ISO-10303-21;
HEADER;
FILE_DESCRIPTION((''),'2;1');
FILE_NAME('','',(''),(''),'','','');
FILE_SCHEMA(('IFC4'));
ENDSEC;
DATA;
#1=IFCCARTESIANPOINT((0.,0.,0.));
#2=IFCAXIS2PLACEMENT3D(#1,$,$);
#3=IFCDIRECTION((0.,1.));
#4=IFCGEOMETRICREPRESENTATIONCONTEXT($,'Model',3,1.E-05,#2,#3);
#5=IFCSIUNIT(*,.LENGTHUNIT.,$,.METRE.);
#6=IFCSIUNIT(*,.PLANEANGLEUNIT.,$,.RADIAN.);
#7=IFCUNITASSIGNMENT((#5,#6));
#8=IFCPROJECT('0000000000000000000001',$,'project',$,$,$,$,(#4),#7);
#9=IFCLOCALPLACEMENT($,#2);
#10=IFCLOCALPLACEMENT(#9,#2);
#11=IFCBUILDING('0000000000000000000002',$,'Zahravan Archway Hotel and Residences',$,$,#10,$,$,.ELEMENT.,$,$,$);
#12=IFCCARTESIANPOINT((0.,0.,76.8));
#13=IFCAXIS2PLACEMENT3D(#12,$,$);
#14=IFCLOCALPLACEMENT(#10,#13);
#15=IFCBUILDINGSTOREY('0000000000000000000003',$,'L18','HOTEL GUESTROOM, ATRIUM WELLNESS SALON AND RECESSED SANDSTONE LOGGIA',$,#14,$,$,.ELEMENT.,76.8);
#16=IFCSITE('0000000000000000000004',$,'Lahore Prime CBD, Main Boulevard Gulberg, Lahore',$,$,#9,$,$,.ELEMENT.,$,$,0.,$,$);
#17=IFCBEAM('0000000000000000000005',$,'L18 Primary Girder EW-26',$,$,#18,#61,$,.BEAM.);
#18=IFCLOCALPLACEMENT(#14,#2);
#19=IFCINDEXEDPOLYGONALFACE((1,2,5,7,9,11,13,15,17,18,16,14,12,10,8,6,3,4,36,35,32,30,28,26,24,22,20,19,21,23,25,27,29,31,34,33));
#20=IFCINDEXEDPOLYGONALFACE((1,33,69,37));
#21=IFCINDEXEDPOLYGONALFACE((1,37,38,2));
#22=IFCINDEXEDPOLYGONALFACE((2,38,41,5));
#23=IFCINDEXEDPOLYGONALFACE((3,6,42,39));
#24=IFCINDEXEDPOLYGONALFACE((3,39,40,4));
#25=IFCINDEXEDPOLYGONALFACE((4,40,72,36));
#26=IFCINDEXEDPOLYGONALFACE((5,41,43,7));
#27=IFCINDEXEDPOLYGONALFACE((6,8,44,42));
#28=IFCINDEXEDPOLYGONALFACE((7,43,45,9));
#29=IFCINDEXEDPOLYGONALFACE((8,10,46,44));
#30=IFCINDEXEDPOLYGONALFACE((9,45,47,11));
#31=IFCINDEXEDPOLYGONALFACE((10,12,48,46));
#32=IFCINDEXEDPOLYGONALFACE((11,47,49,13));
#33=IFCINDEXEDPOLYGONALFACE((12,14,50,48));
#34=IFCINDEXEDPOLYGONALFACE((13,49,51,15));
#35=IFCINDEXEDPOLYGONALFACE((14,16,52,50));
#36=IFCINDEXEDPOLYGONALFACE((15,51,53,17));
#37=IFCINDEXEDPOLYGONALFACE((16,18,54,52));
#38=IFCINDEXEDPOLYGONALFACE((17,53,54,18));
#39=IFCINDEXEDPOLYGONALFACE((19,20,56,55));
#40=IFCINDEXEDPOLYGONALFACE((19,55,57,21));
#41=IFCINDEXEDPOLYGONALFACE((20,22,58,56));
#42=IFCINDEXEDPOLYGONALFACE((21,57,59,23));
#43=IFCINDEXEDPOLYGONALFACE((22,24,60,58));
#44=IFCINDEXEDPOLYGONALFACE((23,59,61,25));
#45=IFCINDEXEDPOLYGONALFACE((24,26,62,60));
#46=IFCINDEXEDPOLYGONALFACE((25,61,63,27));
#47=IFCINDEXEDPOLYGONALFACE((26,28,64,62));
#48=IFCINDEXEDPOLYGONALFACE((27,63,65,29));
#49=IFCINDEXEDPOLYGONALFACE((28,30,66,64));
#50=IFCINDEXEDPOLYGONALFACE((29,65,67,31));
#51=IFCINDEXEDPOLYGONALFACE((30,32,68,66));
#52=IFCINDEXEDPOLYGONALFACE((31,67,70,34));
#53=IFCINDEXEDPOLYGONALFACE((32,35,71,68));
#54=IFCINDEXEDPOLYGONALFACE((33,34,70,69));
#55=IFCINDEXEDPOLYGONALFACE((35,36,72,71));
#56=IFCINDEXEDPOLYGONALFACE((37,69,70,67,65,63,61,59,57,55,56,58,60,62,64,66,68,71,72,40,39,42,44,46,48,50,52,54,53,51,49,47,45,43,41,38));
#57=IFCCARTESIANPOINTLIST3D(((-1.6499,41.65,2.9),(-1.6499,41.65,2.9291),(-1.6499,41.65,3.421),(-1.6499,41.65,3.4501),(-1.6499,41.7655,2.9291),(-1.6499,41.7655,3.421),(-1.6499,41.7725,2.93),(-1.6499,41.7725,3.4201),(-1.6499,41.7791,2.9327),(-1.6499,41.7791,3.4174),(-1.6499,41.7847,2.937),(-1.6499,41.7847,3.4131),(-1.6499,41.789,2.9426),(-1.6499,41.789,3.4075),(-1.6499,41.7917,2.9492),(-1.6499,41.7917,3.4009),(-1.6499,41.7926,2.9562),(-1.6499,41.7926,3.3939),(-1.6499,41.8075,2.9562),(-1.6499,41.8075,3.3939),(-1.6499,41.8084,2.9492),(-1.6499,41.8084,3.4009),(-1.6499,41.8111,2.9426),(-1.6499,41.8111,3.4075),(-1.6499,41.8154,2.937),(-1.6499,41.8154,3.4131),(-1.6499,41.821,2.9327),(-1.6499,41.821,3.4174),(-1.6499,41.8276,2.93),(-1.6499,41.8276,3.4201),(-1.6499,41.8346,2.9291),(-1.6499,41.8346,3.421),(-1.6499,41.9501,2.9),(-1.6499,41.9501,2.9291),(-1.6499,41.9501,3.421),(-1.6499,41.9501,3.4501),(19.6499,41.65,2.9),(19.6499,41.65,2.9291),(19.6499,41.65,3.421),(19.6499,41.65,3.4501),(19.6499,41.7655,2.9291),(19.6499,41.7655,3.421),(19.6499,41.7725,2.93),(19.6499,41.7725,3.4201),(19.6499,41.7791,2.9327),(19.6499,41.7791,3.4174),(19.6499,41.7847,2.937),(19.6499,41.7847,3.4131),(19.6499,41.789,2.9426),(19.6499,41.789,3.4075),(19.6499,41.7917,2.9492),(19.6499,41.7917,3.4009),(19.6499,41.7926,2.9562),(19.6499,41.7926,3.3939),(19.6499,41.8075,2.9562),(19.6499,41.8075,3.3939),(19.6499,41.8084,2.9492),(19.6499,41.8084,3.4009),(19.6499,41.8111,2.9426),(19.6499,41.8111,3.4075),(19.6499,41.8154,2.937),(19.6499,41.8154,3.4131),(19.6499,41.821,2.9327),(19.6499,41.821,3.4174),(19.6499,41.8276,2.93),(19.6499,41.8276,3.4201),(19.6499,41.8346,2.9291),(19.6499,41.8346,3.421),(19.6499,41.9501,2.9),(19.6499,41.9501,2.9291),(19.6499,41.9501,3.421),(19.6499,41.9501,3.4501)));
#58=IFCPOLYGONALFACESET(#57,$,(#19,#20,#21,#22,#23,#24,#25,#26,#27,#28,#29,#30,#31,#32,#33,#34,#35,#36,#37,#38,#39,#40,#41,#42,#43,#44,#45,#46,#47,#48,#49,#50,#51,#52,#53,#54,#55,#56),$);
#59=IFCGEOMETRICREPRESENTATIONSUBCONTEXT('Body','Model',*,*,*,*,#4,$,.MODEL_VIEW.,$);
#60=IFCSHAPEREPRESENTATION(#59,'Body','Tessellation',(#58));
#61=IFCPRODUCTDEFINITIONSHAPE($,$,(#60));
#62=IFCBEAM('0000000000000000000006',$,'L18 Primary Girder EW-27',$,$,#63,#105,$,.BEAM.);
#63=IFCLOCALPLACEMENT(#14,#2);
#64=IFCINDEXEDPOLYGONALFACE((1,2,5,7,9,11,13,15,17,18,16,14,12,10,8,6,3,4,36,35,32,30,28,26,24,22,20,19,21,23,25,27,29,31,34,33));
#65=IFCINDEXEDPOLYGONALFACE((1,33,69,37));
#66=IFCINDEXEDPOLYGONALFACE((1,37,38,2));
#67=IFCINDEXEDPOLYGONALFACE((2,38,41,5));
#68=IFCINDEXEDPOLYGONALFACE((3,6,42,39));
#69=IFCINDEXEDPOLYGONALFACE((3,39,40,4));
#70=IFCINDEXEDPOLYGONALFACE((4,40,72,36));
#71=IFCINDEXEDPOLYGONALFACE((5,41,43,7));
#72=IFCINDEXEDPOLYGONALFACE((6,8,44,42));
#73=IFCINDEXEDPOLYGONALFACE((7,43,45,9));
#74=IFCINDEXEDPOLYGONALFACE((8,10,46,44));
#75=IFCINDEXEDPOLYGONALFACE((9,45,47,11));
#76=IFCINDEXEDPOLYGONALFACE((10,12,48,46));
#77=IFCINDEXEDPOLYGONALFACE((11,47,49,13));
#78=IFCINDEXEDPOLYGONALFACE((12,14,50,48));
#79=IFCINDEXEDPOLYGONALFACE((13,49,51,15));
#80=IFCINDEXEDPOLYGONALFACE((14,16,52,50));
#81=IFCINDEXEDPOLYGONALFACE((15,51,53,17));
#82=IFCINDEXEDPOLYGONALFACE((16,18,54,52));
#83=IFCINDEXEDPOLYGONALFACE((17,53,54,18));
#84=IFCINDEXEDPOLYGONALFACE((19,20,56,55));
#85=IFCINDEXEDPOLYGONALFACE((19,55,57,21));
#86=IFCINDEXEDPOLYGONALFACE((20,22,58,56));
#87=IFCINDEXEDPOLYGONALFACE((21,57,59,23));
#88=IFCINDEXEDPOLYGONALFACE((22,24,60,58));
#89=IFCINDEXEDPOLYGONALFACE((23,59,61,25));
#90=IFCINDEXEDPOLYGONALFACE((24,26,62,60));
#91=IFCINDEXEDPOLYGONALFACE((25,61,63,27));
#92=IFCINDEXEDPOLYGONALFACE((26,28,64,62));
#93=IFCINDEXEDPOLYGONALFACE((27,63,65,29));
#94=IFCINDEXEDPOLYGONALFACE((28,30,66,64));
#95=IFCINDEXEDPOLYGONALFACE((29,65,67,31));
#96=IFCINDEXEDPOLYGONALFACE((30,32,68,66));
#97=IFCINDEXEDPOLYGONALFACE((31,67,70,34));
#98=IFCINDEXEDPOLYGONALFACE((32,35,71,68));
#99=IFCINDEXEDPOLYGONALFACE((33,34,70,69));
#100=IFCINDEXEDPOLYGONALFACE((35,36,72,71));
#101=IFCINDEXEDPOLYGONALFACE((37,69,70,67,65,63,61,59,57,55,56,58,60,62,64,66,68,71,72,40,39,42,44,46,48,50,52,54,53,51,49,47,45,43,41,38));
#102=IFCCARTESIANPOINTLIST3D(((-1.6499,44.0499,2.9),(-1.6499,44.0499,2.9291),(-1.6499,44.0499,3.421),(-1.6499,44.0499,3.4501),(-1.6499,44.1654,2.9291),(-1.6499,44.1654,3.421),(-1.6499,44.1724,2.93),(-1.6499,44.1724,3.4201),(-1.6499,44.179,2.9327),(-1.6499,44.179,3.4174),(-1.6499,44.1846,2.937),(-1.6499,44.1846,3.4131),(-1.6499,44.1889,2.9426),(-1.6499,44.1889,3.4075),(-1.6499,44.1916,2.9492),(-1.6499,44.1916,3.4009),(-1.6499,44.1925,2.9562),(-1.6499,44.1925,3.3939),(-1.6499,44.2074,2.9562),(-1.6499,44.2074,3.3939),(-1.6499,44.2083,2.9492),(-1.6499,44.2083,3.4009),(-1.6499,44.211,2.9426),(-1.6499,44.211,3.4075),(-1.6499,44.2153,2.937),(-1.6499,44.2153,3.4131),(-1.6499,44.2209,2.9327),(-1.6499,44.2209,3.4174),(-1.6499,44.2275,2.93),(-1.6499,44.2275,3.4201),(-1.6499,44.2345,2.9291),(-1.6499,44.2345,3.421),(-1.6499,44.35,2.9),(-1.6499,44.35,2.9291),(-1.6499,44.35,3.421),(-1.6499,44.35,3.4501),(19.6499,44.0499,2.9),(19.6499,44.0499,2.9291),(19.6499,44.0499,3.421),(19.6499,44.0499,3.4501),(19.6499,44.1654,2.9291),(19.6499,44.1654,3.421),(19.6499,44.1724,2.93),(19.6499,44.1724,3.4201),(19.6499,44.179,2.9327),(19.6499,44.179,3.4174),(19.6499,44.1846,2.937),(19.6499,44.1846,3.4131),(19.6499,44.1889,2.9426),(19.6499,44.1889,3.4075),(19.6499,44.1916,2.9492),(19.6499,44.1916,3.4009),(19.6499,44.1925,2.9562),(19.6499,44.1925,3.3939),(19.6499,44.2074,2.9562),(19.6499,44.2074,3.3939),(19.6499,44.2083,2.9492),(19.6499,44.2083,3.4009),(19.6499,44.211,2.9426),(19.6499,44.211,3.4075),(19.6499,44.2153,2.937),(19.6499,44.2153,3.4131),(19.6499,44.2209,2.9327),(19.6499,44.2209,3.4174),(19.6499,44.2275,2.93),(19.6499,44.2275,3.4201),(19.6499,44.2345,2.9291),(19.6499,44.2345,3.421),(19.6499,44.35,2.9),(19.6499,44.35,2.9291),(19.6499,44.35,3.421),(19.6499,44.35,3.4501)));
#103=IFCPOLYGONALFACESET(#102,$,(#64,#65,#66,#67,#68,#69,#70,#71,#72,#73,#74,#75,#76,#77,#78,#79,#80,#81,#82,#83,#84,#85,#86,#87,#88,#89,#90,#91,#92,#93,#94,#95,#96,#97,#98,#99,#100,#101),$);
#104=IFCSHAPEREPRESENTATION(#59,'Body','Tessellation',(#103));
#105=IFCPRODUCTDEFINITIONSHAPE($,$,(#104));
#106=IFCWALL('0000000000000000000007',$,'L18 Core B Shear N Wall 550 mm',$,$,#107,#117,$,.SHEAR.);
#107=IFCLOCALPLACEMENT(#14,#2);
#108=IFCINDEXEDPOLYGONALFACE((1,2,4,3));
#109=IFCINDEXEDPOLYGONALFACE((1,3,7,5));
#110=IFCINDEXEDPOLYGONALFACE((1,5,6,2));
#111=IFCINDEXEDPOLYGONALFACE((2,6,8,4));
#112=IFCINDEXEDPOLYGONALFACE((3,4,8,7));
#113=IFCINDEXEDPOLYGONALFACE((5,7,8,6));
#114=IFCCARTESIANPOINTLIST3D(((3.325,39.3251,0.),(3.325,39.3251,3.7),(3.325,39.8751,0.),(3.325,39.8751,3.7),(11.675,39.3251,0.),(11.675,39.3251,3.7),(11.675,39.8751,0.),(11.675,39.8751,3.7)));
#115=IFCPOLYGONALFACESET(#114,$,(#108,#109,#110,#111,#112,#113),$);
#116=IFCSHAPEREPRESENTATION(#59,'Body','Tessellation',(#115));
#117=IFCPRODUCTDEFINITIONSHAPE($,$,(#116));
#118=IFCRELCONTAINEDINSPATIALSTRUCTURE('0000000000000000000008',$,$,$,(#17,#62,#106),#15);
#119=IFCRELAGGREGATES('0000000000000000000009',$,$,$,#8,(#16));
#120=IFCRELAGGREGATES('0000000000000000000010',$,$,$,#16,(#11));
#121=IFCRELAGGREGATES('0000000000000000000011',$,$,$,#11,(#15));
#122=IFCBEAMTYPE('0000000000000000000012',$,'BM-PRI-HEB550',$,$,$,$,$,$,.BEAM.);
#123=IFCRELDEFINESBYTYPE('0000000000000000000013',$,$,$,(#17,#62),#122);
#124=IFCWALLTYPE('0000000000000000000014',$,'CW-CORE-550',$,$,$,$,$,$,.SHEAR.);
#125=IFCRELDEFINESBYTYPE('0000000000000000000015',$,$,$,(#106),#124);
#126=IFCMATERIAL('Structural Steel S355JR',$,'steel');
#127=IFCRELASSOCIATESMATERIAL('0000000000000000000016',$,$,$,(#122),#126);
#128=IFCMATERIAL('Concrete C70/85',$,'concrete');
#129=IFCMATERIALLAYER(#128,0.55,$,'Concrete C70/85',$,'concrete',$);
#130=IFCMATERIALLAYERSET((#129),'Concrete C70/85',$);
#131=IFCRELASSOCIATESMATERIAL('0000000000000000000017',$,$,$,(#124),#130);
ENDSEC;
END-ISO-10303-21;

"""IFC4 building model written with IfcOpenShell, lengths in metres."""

from ifc_helpers import new_model, si_unit, direction, frame, frame_2d, origin, origin_2d, place, context, subcontext, project, spatial, rectangle, i_section, extrude, source, transform, mapped, material, layer, layer_set, material_profile, profile_set, type_object, element, save


model = new_model("IFC4")

# Units and contexts
model_context = context("Model", 3, precision=1e-05, world=origin(), true_north=direction((0.0, 1.0)))
body_context = subcontext(model_context, "Body", "Model", "MODEL_VIEW")
ifc_project = project(units=[si_unit("LENGTHUNIT", "METRE"), si_unit("PLANEANGLEUNIT", "RADIAN")], contexts=[model_context])

# Site, building, storey
site_placement = place(None, origin())
site = spatial("IfcSite", under=ifc_project, at=site_placement, Name="Lahore Prime CBD, Main Boulevard Gulberg, Lahore", CompositionType="ELEMENT", RefElevation=0.0)
building_placement = place(site_placement, origin())
building = spatial("IfcBuilding", under=site, at=building_placement, Name="Zahravan Archway Hotel and Residences", CompositionType="ELEMENT")
storey_placement = place(building_placement, frame((0.0, 0.0, 76.8)))
storey = spatial("IfcBuildingStorey", under=building, at=storey_placement, Name="L18", Description="HOTEL GUESTROOM, ATRIUM WELLNESS SALON AND RECESSED SANDSTONE LOGGIA", CompositionType="ELEMENT", Elevation=76.8)

# Shared definitions
ifc_material_1 = material(Name="Concrete C70/85", Category="concrete")

# Beams
ifc_material_2 = material(Name="Structural Steel S355JR", Category="steel")
ifc_material_profile_1 = material_profile(ifc_material_2, i_section(OverallWidth=0.3, OverallDepth=0.55, WebThickness=0.0149, FlangeThickness=0.0291, FilletRadius=0.0271, at=origin_2d()), Name="HEB 550", Category="steel")
ifc_profile_set_1 = profile_set([ifc_material_profile_1], Name="Structural Steel S355JR")
beam_type_1 = type_object("IfcBeamType", Name="BM-PRI-HEB550", PredefinedType="BEAM", material=ifc_profile_set_1)
shared_shape_1 = source(origin(), body_context, "Body", "SweptSolid", [
    extrude(i_section(OverallWidth=0.3, OverallDepth=0.55, WebThickness=0.0149, FlangeThickness=0.0291, FilletRadius=0.0271, at=origin_2d()), origin(), (0.0, 0.0, 1.0), 21.2998),
])
for number, where, z_axis, x_axis, name in (
    (1, (-1.6499, 41.8, 3.175), (1.0, 0.0, 0.0), (0.0, 1.0, 0.0), "L18 Primary Girder EW-26"),
    (2, (-1.6499, 44.2, 3.175), (1.0, 0.0, 0.0), (0.0, 1.0, 0.0), "L18 Primary Girder EW-27"),
):
    element("IfcBeam", number, at=place(storey_placement, frame(where, z_axis=z_axis, x_axis=x_axis)), inside=storey, type_object=beam_type_1, Name=name, PredefinedType="BEAM", context=body_context, shape_type="MappedRepresentation", body=[
        mapped(shared_shape_1, transform((0.0, 0.0, 0.0), scale=1.0)),
    ])

# Wall
ifc_layer_1 = layer(ifc_material_1, 0.55, Name="Concrete C70/85", Category="concrete")
ifc_layer_set_1 = layer_set([ifc_layer_1], Name="Concrete C70/85")
wall_type_1 = type_object("IfcWallType", Name="CW-CORE-550", PredefinedType="SHEAR", material=ifc_layer_set_1)
wall_1_placement = place(storey_placement, frame((3.325, 39.6001, 0.0), z_axis=(0.0, 0.0, 1.0), x_axis=(1.0, 0.0, 0.0)))
element("IfcWall", 3, at=wall_1_placement, inside=storey, type_object=wall_type_1, Name="L18 Core B Shear N Wall 550 mm", PredefinedType="SHEAR", context=body_context, shape_type="SweptSolid", body=[
    extrude(rectangle(XDim=8.3501, YDim=0.55, at=frame_2d((4.175, 0.0))), origin(), (0.0, 0.0, 1.0), 3.7),
])

save(model, "model.ifc")
